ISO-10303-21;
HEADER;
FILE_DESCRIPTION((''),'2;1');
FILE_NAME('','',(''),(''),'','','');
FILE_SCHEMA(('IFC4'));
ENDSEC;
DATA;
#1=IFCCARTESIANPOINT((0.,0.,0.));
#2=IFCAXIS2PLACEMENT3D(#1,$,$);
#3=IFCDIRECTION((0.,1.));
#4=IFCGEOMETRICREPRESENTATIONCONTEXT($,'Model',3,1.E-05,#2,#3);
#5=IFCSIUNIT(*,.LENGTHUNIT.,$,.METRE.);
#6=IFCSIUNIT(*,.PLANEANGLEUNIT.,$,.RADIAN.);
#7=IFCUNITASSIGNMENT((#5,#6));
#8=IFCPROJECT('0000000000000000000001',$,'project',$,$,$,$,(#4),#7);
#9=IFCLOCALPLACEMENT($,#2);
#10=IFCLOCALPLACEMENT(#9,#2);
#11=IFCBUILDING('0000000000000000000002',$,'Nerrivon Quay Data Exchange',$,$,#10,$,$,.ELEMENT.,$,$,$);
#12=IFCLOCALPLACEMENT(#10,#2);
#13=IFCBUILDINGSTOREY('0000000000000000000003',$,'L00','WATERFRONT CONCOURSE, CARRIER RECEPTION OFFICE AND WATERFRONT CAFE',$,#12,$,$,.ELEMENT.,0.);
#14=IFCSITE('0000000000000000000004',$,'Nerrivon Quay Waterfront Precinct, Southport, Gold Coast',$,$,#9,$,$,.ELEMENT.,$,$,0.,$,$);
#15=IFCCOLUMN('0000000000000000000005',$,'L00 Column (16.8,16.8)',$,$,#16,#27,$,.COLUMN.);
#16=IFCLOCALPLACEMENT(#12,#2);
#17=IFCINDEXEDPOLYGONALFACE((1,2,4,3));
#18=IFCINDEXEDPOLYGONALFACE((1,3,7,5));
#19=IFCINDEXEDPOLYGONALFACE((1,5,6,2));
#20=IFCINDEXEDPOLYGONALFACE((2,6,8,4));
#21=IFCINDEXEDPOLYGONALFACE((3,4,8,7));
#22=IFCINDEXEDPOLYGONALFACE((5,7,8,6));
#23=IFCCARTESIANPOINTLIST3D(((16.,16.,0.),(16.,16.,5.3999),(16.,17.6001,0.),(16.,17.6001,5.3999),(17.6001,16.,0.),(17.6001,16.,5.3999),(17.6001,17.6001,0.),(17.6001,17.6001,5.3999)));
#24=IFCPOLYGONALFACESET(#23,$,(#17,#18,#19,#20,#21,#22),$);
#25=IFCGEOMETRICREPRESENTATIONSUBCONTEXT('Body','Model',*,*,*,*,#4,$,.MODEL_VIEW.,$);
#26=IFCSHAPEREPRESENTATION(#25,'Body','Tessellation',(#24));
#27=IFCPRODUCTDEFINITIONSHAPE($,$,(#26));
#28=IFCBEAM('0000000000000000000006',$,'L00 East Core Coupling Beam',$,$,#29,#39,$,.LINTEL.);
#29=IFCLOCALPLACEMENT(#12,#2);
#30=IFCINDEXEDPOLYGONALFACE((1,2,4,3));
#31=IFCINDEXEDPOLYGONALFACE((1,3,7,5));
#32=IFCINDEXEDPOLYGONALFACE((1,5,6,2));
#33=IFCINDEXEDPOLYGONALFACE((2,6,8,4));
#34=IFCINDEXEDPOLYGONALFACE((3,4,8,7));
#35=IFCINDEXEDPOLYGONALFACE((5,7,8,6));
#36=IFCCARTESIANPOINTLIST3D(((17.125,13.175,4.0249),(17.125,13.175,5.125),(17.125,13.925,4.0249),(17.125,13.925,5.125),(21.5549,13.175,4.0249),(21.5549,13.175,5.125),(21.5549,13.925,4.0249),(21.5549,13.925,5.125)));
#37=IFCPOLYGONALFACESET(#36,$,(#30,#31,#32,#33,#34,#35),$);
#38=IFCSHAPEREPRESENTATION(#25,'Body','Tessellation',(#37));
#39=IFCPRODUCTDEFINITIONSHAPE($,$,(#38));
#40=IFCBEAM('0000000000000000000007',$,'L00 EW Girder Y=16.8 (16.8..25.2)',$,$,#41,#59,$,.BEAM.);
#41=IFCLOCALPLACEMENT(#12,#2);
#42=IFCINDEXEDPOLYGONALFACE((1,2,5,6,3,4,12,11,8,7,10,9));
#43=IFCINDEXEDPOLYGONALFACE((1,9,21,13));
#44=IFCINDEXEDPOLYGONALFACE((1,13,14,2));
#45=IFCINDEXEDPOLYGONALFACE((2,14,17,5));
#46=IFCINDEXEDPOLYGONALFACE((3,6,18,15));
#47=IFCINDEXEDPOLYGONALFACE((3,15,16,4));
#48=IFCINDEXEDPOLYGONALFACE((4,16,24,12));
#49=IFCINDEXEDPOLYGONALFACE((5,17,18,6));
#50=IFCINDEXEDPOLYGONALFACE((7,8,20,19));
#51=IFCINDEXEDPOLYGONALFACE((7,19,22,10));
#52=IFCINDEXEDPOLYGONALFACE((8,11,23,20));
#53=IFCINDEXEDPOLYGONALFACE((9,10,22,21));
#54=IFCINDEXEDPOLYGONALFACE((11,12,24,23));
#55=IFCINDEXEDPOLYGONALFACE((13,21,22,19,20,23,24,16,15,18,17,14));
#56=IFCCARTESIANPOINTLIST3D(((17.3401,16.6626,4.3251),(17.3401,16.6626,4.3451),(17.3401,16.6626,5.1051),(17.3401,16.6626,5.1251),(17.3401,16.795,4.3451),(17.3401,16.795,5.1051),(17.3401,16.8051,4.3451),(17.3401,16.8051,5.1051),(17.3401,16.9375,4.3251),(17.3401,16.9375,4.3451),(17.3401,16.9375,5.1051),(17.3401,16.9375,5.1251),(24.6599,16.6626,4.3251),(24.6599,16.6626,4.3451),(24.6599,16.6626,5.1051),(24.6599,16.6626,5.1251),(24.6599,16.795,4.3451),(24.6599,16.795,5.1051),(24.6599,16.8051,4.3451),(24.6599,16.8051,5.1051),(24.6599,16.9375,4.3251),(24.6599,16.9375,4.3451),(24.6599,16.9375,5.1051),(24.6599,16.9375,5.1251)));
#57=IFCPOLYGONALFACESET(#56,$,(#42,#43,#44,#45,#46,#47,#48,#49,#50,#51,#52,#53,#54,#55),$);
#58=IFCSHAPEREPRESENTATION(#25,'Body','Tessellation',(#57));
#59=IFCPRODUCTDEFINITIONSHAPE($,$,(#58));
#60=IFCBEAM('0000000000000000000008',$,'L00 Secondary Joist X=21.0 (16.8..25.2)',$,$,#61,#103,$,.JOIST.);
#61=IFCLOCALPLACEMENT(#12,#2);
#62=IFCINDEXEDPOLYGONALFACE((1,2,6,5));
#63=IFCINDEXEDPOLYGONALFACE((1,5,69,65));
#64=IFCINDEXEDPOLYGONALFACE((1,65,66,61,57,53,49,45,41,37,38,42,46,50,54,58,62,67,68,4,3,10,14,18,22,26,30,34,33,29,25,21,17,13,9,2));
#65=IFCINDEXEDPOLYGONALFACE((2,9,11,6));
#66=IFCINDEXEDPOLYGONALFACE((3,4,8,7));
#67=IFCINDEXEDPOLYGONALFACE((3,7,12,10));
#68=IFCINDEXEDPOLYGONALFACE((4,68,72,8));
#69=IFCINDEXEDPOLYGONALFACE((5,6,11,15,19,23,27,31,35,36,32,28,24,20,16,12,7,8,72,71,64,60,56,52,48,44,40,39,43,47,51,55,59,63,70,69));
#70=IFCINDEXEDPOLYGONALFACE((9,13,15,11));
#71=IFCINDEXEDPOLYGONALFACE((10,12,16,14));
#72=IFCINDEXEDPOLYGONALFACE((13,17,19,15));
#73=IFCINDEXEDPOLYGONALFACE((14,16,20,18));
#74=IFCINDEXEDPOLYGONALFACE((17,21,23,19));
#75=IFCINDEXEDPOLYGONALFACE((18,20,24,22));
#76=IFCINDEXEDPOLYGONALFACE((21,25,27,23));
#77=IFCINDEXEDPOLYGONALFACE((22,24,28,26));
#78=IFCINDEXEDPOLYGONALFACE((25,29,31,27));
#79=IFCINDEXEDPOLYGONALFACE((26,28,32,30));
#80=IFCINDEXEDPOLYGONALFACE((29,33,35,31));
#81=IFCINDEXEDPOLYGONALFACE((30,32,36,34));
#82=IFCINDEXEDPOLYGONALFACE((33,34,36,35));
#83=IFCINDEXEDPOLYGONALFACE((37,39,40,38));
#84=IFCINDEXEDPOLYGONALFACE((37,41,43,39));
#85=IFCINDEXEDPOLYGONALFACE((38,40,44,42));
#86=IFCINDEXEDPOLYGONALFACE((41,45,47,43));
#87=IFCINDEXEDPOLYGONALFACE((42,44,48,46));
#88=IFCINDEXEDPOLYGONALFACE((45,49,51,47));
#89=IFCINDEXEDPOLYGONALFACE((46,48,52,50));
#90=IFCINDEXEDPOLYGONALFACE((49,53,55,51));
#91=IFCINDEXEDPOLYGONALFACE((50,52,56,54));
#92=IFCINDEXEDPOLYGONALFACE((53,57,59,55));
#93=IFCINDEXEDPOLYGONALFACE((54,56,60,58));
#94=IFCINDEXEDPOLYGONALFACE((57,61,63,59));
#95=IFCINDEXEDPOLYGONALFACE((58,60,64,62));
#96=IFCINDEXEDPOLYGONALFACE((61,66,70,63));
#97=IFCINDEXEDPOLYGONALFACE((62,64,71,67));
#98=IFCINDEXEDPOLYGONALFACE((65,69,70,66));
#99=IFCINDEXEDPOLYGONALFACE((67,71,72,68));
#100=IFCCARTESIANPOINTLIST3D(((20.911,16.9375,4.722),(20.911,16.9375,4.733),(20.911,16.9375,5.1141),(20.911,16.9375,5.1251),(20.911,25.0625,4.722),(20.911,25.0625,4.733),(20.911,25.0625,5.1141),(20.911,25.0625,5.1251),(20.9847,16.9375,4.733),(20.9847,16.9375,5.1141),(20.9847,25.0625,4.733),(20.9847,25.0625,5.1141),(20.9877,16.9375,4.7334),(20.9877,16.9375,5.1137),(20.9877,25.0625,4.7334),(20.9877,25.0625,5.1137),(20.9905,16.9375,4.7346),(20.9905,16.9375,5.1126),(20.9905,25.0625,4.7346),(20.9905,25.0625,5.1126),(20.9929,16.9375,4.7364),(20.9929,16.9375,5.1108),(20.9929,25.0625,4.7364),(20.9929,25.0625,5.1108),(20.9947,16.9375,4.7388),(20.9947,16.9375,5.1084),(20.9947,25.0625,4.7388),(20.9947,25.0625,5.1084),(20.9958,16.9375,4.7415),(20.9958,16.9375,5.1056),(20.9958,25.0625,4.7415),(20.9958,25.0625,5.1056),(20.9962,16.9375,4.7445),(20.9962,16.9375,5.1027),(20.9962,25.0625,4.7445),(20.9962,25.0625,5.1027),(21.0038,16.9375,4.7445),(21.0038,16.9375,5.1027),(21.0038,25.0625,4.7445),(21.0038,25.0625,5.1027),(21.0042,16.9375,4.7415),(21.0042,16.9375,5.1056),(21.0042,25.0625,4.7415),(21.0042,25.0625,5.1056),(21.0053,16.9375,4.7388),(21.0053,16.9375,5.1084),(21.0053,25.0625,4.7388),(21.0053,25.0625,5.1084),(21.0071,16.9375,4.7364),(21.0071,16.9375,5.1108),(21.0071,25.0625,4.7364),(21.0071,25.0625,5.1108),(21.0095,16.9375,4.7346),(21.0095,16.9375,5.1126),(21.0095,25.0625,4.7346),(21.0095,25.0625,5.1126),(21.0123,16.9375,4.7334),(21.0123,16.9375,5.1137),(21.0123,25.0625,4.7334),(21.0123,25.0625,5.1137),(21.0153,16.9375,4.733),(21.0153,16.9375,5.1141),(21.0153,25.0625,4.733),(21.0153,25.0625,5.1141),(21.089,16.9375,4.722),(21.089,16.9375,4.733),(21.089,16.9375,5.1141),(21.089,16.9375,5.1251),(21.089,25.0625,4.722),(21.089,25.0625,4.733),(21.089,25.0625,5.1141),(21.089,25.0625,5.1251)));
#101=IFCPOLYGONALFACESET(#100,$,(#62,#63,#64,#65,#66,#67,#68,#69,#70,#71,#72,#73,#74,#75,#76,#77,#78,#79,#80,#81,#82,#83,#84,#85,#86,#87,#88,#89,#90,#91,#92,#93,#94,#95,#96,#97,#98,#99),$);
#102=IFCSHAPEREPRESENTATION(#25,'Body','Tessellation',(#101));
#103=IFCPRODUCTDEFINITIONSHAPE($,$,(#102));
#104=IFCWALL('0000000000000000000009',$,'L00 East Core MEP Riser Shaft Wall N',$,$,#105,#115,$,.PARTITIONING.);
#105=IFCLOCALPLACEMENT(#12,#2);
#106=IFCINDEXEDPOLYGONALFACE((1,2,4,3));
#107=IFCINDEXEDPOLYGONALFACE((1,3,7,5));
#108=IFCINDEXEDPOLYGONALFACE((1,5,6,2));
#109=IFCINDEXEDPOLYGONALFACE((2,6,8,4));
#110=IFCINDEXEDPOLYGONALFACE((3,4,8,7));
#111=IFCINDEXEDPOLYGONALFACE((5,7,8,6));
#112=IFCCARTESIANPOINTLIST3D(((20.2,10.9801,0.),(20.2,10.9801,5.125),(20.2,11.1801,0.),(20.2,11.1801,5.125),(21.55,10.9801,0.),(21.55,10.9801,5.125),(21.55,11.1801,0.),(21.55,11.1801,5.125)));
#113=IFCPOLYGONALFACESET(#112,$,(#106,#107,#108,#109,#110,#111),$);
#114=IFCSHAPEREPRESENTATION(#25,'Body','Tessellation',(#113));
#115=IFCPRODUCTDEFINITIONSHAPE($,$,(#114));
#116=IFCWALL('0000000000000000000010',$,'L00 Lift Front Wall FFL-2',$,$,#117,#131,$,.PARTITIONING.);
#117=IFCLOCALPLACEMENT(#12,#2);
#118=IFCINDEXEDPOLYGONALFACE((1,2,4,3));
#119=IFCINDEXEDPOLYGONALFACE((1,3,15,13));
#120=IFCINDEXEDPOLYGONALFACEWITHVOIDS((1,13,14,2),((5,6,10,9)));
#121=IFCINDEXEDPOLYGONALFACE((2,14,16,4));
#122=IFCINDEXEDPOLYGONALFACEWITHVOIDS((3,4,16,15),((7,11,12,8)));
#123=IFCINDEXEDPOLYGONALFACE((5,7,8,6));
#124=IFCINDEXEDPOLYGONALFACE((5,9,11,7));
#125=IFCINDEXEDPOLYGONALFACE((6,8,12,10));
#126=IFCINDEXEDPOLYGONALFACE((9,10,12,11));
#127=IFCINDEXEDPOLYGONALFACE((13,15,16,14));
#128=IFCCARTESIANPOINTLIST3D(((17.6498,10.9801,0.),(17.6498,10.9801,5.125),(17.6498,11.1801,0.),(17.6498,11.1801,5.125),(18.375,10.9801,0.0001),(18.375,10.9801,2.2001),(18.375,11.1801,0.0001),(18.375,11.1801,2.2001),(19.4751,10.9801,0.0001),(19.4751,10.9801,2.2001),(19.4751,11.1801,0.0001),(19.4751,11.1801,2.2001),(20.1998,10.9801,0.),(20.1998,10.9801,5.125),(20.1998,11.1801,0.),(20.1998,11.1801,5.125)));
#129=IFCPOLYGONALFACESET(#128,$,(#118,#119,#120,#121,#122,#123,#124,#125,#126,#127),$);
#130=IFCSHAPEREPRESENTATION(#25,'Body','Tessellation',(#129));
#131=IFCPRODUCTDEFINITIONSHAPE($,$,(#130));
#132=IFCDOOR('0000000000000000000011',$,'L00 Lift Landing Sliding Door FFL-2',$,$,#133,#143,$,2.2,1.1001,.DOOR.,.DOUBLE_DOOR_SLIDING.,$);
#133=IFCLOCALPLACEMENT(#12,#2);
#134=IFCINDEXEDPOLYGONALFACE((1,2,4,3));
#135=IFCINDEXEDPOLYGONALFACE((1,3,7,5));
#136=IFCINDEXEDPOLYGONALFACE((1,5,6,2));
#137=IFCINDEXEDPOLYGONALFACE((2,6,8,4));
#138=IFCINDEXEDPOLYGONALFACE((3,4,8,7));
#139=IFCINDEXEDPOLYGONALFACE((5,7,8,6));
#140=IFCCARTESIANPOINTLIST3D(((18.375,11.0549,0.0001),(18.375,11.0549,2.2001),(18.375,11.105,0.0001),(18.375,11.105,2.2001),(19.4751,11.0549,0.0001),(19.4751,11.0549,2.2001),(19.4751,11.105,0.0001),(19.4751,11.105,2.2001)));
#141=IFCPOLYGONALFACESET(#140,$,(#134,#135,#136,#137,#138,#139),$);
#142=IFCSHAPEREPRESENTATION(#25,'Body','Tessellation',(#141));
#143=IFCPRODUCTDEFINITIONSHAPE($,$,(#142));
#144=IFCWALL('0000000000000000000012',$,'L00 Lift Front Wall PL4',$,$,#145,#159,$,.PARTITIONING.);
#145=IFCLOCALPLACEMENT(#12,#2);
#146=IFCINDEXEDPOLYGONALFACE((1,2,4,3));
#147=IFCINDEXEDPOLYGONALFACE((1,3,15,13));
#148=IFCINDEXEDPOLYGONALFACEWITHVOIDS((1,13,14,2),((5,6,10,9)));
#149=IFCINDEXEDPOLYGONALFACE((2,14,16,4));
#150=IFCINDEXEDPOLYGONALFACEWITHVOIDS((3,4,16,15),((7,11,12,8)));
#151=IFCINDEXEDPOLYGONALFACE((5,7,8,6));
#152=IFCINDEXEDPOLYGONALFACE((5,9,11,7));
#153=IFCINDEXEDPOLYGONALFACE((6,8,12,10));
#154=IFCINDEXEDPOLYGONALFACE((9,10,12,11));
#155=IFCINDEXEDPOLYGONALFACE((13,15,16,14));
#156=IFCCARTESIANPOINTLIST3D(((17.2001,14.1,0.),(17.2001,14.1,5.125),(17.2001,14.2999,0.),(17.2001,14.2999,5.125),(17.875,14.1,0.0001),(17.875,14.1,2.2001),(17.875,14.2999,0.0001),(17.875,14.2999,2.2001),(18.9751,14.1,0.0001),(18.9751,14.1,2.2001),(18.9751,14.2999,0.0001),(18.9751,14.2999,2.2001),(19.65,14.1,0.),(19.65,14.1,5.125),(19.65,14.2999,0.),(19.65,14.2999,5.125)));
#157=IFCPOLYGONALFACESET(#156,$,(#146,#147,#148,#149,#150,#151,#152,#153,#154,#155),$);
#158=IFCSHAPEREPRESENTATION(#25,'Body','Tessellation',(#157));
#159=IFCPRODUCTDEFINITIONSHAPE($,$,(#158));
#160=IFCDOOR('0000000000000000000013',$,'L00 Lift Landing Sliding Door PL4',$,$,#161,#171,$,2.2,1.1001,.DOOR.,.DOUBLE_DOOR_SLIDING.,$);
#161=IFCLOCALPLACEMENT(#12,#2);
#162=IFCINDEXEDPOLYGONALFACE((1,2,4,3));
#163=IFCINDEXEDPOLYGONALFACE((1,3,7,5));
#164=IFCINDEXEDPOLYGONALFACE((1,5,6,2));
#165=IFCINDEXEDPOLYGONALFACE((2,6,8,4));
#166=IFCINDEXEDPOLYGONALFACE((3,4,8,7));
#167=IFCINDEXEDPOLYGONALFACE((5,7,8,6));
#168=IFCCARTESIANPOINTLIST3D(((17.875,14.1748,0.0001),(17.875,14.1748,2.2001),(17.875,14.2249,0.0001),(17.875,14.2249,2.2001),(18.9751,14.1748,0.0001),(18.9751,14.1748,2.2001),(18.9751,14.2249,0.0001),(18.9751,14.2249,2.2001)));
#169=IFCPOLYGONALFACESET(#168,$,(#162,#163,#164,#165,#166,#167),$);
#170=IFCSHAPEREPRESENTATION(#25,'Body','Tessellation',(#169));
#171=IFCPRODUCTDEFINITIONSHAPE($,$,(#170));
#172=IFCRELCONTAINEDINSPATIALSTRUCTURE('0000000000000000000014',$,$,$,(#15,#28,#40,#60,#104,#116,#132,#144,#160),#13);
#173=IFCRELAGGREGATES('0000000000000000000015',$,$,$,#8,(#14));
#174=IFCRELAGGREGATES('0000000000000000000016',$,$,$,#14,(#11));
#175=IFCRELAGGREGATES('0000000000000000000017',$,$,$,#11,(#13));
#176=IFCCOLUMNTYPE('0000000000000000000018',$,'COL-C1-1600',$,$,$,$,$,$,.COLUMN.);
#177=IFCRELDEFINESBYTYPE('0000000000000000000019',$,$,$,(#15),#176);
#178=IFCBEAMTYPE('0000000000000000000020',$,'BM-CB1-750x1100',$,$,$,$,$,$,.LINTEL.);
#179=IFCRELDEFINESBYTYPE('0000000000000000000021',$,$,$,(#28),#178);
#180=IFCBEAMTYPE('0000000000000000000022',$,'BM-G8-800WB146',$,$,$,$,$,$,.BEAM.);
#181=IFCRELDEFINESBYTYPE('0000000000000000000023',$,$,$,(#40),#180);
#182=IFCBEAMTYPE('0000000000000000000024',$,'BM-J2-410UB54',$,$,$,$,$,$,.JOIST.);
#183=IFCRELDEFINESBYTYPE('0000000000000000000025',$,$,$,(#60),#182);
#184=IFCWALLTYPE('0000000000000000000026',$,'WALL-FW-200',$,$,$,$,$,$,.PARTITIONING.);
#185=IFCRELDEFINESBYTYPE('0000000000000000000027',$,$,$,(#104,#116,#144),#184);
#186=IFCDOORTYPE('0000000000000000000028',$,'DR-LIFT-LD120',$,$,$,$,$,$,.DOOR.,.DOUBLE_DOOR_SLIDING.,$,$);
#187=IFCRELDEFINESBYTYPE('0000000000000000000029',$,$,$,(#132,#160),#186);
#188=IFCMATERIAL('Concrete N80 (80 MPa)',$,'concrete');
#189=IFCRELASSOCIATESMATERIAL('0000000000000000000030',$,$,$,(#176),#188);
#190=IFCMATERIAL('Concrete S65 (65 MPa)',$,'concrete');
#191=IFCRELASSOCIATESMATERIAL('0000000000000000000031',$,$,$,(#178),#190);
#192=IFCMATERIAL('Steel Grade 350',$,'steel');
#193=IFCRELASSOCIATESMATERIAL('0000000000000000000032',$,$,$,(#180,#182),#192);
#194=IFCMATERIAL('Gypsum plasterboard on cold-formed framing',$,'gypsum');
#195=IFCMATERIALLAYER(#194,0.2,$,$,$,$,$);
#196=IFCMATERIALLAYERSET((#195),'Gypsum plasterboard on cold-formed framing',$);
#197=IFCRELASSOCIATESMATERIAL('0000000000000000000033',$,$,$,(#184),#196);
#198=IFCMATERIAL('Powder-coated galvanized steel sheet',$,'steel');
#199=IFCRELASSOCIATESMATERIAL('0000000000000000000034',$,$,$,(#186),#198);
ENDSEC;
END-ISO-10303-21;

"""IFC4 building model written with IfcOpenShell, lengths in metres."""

from ifc_helpers import new_model, si_unit, direction, frame, frame_2d, origin, origin_2d, place, context, subcontext, project, spatial, rectangle, i_section, extrude, material, layer, layer_set, material_profile, profile_set, type_object, element, fill, save


model = new_model("IFC4")

# Units and contexts
model_context = context("Model", 3, precision=1e-05, world=origin(), true_north=direction((0.0, 1.0)))
body_context = subcontext(model_context, "Body", "Model", "MODEL_VIEW")
ifc_project = project(units=[si_unit("LENGTHUNIT", "METRE"), si_unit("PLANEANGLEUNIT", "RADIAN")], contexts=[model_context])

# Site, building, storey
site_placement = place(None, origin())
site = spatial("IfcSite", under=ifc_project, at=site_placement, Name="Nerrivon Quay Waterfront Precinct, Southport, Gold Coast", CompositionType="ELEMENT", RefElevation=0.0)
building_placement = place(site_placement, origin())
building = spatial("IfcBuilding", under=site, at=building_placement, Name="Nerrivon Quay Data Exchange", CompositionType="ELEMENT")
storey_placement = place(building_placement, origin())
storey = spatial("IfcBuildingStorey", under=building, at=storey_placement, Name="L00", Description="WATERFRONT CONCOURSE, CARRIER RECEPTION OFFICE AND WATERFRONT CAFE", CompositionType="ELEMENT", Elevation=0.0)

# Column
ifc_material_1 = material(Name="Concrete N80 (80 MPa)", Category="concrete")
ifc_material_profile_1 = material_profile(ifc_material_1, rectangle(XDim=1.6001, YDim=1.6001, at=origin_2d()), Name="RC-COL-1600x1600")
ifc_profile_set_1 = profile_set([ifc_material_profile_1], Name="Concrete N80 (80 MPa)")
column_type = type_object("IfcColumnType", Name="COL-C1-1600", PredefinedType="COLUMN", material=ifc_profile_set_1)
column_placement = place(storey_placement, frame((16.8, 16.8, 0.0), z_axis=(0.0, 0.0, 1.0), x_axis=(1.0, 0.0, 0.0)))
element("IfcColumn", 1, at=column_placement, inside=storey, type_object=column_type, Name="L00 Column (16.8,16.8)", PredefinedType="COLUMN", context=body_context, shape_type="SweptSolid", body=[
    extrude(rectangle(XDim=1.6001, YDim=1.6001, at=origin_2d()), origin(), (0.0, 0.0, 1.0), 5.3999),
])

# Beams
ifc_material_2 = material(Name="Concrete S65 (65 MPa)", Category="concrete")
ifc_material_profile_2 = material_profile(ifc_material_2, rectangle(XDim=0.75, YDim=1.1001, at=origin_2d()), Name="RC-CB-750x1100")
ifc_profile_set_2 = profile_set([ifc_material_profile_2], Name="Concrete S65 (65 MPa)")
beam_type_1 = type_object("IfcBeamType", Name="BM-CB1-750x1100", PredefinedType="LINTEL", material=ifc_profile_set_2)
beam_1_placement = place(storey_placement, frame((17.125, 13.55, 4.575), z_axis=(1.0, 0.0, 0.0), x_axis=(0.0, 1.0, 0.0)))
element("IfcBeam", 2, at=beam_1_placement, inside=storey, type_object=beam_type_1, Name="L00 East Core Coupling Beam", PredefinedType="LINTEL", context=body_context, shape_type="SweptSolid", body=[
    extrude(rectangle(XDim=0.75, YDim=1.1001, at=origin_2d()), origin(), (0.0, 0.0, 1.0), 4.4299),
])
ifc_material_3 = material(Name="Steel Grade 350", Category="steel")
ifc_material_profile_3 = material_profile(ifc_material_3, i_section(OverallWidth=0.2749, OverallDepth=0.8, WebThickness=0.01, FlangeThickness=0.02, at=origin_2d()), Name="800WB146")
ifc_profile_set_3 = profile_set([ifc_material_profile_3], Name="Steel Grade 350")
beam_type_2 = type_object("IfcBeamType", Name="BM-G8-800WB146", PredefinedType="BEAM", material=ifc_profile_set_3)
beam_2_placement = place(storey_placement, frame((17.3401, 16.8, 4.7251), z_axis=(1.0, 0.0, 0.0), x_axis=(0.0, 1.0, 0.0)))
element("IfcBeam", 3, at=beam_2_placement, inside=storey, type_object=beam_type_2, Name="L00 EW Girder Y=16.8 (16.8..25.2)", PredefinedType="BEAM", context=body_context, shape_type="SweptSolid", body=[
    extrude(i_section(OverallWidth=0.2749, OverallDepth=0.8, WebThickness=0.01, FlangeThickness=0.02, at=origin_2d()), origin(), (0.0, 0.0, 1.0), 7.3198),
])
ifc_material_profile_4 = material_profile(ifc_material_3, i_section(OverallWidth=0.178, OverallDepth=0.4031, WebThickness=0.0076, FlangeThickness=0.011, FilletRadius=0.0115, at=origin_2d()), Name="410UB53.7")
ifc_profile_set_4 = profile_set([ifc_material_profile_4], Name="Steel Grade 350")
beam_type_3 = type_object("IfcBeamType", Name="BM-J2-410UB54", PredefinedType="JOIST", material=ifc_profile_set_4)
beam_3_placement = place(storey_placement, frame((21.0, 16.9375, 4.9236), z_axis=(0.0, 1.0, 0.0), x_axis=(-1.0, 0.0, 0.0)))
element("IfcBeam", 4, at=beam_3_placement, inside=storey, type_object=beam_type_3, Name="L00 Secondary Joist X=21.0 (16.8..25.2)", PredefinedType="JOIST", context=body_context, shape_type="SweptSolid", body=[
    extrude(i_section(OverallWidth=0.178, OverallDepth=0.4031, WebThickness=0.0076, FlangeThickness=0.011, FilletRadius=0.0115, at=origin_2d()), origin(), (0.0, 0.0, 1.0), 8.125),
])

# Wall
ifc_material_4 = material(Name="Gypsum plasterboard on cold-formed framing", Category="gypsum")
ifc_layer = layer(ifc_material_4, 0.2)
ifc_layer_set = layer_set([ifc_layer], Name="Gypsum plasterboard on cold-formed framing")
wall_type = type_object("IfcWallType", Name="WALL-FW-200", PredefinedType="PARTITIONING", material=ifc_layer_set)
wall_1_placement = place(storey_placement, frame((20.2, 11.0801, 0.0), z_axis=(0.0, 0.0, 1.0), x_axis=(1.0, 0.0, 0.0)))
element("IfcWall", 5, at=wall_1_placement, inside=storey, type_object=wall_type, Name="L00 East Core MEP Riser Shaft Wall N", PredefinedType="PARTITIONING", context=body_context, shape_type="SweptSolid", body=[
    extrude(rectangle(XDim=1.3501, YDim=0.2, at=frame_2d((0.675, 0.0))), origin(), (0.0, 0.0, 1.0), 5.125),
])

# Walls, openings, doors
wall_2_placement = place(storey_placement, frame((17.6499, 11.0801, 0.0), z_axis=(0.0, 0.0, 1.0), x_axis=(1.0, 0.0, 0.0)))
wall_2 = element("IfcWall", 6, at=wall_2_placement, inside=storey, type_object=wall_type, Name="L00 Lift Front Wall FFL-2", PredefinedType="PARTITIONING", context=body_context, shape_type="SweptSolid", body=[
    extrude(rectangle(XDim=2.55, YDim=0.2, at=frame_2d((1.2749, 0.0))), origin(), (0.0, 0.0, 1.0), 5.125),
])
opening_1_placement = place(wall_2_placement, frame((0.7251, 0.0, 0.0)))
opening_1 = element("IfcOpeningElement", 7, at=opening_1_placement, cuts=wall_2, PredefinedType="OPENING", context=body_context, shape_type="SweptSolid", body=[
    extrude(rectangle(XDim=1.1001, YDim=2.2, at=frame_2d((0.55, 1.1001))), frame((0.0, 0.1099, 0.0), z_axis=(0.0, -1.0, 0.0), x_axis=(1.0, 0.0, 0.0)), (0.0, 0.0, 1.0), 0.22),
])
ifc_material_5 = material(Name="Powder-coated galvanized steel sheet", Category="steel")
door_type = type_object("IfcDoorType", Name="DR-LIFT-LD120", OperationType="DOUBLE_DOOR_SLIDING", PredefinedType="DOOR", material=ifc_material_5)
door_1_placement = place(opening_1_placement, origin())
door_1 = element("IfcDoor", 8, at=door_1_placement, inside=storey, type_object=door_type, Name="L00 Lift Landing Sliding Door FFL-2", OperationType="DOUBLE_DOOR_SLIDING", OverallHeight=2.2, OverallWidth=1.1001, PredefinedType="DOOR", context=body_context, shape_type="SweptSolid", body=[
    extrude(rectangle(XDim=1.1001, YDim=2.2, at=frame_2d((0.55, 1.1001))), frame((0.0, 0.0249, 0.0), z_axis=(0.0, -1.0, 0.0), x_axis=(1.0, 0.0, 0.0)), (0.0, 0.0, 1.0), 0.05),
])
fill(opening_1, door_1)
wall_3_placement = place(storey_placement, frame((17.2, 14.2, 0.0), z_axis=(0.0, 0.0, 1.0), x_axis=(1.0, 0.0, 0.0)))
wall_3 = element("IfcWall", 9, at=wall_3_placement, inside=storey, type_object=wall_type, Name="L00 Lift Front Wall PL4", PredefinedType="PARTITIONING", context=body_context, shape_type="SweptSolid", body=[
    extrude(rectangle(XDim=2.45, YDim=0.2, at=frame_2d((1.2251, 0.0))), origin(), (0.0, 0.0, 1.0), 5.125),
])
opening_2_placement = place(wall_3_placement, frame((0.675, 0.0, 0.0)))
opening_2 = element("IfcOpeningElement", 10, at=opening_2_placement, cuts=wall_3, PredefinedType="OPENING", context=body_context, shape_type="SweptSolid", body=[
    extrude(rectangle(XDim=1.1001, YDim=2.2, at=frame_2d((0.55, 1.1001))), frame((0.0, 0.1099, 0.0), z_axis=(0.0, -1.0, 0.0), x_axis=(1.0, 0.0, 0.0)), (0.0, 0.0, 1.0), 0.22),
])
door_2_placement = place(opening_2_placement, origin())
door_2 = element("IfcDoor", 11, at=door_2_placement, inside=storey, type_object=door_type, Name="L00 Lift Landing Sliding Door PL4", OperationType="DOUBLE_DOOR_SLIDING", OverallHeight=2.2, OverallWidth=1.1001, PredefinedType="DOOR", context=body_context, shape_type="SweptSolid", body=[
    extrude(rectangle(XDim=1.1001, YDim=2.2, at=frame_2d((0.55, 1.1001))), frame((0.0, 0.0249, 0.0), z_axis=(0.0, -1.0, 0.0), x_axis=(1.0, 0.0, 0.0)), (0.0, 0.0, 1.0), 0.05),
])
fill(opening_2, door_2)

save(model, "model.ifc")
